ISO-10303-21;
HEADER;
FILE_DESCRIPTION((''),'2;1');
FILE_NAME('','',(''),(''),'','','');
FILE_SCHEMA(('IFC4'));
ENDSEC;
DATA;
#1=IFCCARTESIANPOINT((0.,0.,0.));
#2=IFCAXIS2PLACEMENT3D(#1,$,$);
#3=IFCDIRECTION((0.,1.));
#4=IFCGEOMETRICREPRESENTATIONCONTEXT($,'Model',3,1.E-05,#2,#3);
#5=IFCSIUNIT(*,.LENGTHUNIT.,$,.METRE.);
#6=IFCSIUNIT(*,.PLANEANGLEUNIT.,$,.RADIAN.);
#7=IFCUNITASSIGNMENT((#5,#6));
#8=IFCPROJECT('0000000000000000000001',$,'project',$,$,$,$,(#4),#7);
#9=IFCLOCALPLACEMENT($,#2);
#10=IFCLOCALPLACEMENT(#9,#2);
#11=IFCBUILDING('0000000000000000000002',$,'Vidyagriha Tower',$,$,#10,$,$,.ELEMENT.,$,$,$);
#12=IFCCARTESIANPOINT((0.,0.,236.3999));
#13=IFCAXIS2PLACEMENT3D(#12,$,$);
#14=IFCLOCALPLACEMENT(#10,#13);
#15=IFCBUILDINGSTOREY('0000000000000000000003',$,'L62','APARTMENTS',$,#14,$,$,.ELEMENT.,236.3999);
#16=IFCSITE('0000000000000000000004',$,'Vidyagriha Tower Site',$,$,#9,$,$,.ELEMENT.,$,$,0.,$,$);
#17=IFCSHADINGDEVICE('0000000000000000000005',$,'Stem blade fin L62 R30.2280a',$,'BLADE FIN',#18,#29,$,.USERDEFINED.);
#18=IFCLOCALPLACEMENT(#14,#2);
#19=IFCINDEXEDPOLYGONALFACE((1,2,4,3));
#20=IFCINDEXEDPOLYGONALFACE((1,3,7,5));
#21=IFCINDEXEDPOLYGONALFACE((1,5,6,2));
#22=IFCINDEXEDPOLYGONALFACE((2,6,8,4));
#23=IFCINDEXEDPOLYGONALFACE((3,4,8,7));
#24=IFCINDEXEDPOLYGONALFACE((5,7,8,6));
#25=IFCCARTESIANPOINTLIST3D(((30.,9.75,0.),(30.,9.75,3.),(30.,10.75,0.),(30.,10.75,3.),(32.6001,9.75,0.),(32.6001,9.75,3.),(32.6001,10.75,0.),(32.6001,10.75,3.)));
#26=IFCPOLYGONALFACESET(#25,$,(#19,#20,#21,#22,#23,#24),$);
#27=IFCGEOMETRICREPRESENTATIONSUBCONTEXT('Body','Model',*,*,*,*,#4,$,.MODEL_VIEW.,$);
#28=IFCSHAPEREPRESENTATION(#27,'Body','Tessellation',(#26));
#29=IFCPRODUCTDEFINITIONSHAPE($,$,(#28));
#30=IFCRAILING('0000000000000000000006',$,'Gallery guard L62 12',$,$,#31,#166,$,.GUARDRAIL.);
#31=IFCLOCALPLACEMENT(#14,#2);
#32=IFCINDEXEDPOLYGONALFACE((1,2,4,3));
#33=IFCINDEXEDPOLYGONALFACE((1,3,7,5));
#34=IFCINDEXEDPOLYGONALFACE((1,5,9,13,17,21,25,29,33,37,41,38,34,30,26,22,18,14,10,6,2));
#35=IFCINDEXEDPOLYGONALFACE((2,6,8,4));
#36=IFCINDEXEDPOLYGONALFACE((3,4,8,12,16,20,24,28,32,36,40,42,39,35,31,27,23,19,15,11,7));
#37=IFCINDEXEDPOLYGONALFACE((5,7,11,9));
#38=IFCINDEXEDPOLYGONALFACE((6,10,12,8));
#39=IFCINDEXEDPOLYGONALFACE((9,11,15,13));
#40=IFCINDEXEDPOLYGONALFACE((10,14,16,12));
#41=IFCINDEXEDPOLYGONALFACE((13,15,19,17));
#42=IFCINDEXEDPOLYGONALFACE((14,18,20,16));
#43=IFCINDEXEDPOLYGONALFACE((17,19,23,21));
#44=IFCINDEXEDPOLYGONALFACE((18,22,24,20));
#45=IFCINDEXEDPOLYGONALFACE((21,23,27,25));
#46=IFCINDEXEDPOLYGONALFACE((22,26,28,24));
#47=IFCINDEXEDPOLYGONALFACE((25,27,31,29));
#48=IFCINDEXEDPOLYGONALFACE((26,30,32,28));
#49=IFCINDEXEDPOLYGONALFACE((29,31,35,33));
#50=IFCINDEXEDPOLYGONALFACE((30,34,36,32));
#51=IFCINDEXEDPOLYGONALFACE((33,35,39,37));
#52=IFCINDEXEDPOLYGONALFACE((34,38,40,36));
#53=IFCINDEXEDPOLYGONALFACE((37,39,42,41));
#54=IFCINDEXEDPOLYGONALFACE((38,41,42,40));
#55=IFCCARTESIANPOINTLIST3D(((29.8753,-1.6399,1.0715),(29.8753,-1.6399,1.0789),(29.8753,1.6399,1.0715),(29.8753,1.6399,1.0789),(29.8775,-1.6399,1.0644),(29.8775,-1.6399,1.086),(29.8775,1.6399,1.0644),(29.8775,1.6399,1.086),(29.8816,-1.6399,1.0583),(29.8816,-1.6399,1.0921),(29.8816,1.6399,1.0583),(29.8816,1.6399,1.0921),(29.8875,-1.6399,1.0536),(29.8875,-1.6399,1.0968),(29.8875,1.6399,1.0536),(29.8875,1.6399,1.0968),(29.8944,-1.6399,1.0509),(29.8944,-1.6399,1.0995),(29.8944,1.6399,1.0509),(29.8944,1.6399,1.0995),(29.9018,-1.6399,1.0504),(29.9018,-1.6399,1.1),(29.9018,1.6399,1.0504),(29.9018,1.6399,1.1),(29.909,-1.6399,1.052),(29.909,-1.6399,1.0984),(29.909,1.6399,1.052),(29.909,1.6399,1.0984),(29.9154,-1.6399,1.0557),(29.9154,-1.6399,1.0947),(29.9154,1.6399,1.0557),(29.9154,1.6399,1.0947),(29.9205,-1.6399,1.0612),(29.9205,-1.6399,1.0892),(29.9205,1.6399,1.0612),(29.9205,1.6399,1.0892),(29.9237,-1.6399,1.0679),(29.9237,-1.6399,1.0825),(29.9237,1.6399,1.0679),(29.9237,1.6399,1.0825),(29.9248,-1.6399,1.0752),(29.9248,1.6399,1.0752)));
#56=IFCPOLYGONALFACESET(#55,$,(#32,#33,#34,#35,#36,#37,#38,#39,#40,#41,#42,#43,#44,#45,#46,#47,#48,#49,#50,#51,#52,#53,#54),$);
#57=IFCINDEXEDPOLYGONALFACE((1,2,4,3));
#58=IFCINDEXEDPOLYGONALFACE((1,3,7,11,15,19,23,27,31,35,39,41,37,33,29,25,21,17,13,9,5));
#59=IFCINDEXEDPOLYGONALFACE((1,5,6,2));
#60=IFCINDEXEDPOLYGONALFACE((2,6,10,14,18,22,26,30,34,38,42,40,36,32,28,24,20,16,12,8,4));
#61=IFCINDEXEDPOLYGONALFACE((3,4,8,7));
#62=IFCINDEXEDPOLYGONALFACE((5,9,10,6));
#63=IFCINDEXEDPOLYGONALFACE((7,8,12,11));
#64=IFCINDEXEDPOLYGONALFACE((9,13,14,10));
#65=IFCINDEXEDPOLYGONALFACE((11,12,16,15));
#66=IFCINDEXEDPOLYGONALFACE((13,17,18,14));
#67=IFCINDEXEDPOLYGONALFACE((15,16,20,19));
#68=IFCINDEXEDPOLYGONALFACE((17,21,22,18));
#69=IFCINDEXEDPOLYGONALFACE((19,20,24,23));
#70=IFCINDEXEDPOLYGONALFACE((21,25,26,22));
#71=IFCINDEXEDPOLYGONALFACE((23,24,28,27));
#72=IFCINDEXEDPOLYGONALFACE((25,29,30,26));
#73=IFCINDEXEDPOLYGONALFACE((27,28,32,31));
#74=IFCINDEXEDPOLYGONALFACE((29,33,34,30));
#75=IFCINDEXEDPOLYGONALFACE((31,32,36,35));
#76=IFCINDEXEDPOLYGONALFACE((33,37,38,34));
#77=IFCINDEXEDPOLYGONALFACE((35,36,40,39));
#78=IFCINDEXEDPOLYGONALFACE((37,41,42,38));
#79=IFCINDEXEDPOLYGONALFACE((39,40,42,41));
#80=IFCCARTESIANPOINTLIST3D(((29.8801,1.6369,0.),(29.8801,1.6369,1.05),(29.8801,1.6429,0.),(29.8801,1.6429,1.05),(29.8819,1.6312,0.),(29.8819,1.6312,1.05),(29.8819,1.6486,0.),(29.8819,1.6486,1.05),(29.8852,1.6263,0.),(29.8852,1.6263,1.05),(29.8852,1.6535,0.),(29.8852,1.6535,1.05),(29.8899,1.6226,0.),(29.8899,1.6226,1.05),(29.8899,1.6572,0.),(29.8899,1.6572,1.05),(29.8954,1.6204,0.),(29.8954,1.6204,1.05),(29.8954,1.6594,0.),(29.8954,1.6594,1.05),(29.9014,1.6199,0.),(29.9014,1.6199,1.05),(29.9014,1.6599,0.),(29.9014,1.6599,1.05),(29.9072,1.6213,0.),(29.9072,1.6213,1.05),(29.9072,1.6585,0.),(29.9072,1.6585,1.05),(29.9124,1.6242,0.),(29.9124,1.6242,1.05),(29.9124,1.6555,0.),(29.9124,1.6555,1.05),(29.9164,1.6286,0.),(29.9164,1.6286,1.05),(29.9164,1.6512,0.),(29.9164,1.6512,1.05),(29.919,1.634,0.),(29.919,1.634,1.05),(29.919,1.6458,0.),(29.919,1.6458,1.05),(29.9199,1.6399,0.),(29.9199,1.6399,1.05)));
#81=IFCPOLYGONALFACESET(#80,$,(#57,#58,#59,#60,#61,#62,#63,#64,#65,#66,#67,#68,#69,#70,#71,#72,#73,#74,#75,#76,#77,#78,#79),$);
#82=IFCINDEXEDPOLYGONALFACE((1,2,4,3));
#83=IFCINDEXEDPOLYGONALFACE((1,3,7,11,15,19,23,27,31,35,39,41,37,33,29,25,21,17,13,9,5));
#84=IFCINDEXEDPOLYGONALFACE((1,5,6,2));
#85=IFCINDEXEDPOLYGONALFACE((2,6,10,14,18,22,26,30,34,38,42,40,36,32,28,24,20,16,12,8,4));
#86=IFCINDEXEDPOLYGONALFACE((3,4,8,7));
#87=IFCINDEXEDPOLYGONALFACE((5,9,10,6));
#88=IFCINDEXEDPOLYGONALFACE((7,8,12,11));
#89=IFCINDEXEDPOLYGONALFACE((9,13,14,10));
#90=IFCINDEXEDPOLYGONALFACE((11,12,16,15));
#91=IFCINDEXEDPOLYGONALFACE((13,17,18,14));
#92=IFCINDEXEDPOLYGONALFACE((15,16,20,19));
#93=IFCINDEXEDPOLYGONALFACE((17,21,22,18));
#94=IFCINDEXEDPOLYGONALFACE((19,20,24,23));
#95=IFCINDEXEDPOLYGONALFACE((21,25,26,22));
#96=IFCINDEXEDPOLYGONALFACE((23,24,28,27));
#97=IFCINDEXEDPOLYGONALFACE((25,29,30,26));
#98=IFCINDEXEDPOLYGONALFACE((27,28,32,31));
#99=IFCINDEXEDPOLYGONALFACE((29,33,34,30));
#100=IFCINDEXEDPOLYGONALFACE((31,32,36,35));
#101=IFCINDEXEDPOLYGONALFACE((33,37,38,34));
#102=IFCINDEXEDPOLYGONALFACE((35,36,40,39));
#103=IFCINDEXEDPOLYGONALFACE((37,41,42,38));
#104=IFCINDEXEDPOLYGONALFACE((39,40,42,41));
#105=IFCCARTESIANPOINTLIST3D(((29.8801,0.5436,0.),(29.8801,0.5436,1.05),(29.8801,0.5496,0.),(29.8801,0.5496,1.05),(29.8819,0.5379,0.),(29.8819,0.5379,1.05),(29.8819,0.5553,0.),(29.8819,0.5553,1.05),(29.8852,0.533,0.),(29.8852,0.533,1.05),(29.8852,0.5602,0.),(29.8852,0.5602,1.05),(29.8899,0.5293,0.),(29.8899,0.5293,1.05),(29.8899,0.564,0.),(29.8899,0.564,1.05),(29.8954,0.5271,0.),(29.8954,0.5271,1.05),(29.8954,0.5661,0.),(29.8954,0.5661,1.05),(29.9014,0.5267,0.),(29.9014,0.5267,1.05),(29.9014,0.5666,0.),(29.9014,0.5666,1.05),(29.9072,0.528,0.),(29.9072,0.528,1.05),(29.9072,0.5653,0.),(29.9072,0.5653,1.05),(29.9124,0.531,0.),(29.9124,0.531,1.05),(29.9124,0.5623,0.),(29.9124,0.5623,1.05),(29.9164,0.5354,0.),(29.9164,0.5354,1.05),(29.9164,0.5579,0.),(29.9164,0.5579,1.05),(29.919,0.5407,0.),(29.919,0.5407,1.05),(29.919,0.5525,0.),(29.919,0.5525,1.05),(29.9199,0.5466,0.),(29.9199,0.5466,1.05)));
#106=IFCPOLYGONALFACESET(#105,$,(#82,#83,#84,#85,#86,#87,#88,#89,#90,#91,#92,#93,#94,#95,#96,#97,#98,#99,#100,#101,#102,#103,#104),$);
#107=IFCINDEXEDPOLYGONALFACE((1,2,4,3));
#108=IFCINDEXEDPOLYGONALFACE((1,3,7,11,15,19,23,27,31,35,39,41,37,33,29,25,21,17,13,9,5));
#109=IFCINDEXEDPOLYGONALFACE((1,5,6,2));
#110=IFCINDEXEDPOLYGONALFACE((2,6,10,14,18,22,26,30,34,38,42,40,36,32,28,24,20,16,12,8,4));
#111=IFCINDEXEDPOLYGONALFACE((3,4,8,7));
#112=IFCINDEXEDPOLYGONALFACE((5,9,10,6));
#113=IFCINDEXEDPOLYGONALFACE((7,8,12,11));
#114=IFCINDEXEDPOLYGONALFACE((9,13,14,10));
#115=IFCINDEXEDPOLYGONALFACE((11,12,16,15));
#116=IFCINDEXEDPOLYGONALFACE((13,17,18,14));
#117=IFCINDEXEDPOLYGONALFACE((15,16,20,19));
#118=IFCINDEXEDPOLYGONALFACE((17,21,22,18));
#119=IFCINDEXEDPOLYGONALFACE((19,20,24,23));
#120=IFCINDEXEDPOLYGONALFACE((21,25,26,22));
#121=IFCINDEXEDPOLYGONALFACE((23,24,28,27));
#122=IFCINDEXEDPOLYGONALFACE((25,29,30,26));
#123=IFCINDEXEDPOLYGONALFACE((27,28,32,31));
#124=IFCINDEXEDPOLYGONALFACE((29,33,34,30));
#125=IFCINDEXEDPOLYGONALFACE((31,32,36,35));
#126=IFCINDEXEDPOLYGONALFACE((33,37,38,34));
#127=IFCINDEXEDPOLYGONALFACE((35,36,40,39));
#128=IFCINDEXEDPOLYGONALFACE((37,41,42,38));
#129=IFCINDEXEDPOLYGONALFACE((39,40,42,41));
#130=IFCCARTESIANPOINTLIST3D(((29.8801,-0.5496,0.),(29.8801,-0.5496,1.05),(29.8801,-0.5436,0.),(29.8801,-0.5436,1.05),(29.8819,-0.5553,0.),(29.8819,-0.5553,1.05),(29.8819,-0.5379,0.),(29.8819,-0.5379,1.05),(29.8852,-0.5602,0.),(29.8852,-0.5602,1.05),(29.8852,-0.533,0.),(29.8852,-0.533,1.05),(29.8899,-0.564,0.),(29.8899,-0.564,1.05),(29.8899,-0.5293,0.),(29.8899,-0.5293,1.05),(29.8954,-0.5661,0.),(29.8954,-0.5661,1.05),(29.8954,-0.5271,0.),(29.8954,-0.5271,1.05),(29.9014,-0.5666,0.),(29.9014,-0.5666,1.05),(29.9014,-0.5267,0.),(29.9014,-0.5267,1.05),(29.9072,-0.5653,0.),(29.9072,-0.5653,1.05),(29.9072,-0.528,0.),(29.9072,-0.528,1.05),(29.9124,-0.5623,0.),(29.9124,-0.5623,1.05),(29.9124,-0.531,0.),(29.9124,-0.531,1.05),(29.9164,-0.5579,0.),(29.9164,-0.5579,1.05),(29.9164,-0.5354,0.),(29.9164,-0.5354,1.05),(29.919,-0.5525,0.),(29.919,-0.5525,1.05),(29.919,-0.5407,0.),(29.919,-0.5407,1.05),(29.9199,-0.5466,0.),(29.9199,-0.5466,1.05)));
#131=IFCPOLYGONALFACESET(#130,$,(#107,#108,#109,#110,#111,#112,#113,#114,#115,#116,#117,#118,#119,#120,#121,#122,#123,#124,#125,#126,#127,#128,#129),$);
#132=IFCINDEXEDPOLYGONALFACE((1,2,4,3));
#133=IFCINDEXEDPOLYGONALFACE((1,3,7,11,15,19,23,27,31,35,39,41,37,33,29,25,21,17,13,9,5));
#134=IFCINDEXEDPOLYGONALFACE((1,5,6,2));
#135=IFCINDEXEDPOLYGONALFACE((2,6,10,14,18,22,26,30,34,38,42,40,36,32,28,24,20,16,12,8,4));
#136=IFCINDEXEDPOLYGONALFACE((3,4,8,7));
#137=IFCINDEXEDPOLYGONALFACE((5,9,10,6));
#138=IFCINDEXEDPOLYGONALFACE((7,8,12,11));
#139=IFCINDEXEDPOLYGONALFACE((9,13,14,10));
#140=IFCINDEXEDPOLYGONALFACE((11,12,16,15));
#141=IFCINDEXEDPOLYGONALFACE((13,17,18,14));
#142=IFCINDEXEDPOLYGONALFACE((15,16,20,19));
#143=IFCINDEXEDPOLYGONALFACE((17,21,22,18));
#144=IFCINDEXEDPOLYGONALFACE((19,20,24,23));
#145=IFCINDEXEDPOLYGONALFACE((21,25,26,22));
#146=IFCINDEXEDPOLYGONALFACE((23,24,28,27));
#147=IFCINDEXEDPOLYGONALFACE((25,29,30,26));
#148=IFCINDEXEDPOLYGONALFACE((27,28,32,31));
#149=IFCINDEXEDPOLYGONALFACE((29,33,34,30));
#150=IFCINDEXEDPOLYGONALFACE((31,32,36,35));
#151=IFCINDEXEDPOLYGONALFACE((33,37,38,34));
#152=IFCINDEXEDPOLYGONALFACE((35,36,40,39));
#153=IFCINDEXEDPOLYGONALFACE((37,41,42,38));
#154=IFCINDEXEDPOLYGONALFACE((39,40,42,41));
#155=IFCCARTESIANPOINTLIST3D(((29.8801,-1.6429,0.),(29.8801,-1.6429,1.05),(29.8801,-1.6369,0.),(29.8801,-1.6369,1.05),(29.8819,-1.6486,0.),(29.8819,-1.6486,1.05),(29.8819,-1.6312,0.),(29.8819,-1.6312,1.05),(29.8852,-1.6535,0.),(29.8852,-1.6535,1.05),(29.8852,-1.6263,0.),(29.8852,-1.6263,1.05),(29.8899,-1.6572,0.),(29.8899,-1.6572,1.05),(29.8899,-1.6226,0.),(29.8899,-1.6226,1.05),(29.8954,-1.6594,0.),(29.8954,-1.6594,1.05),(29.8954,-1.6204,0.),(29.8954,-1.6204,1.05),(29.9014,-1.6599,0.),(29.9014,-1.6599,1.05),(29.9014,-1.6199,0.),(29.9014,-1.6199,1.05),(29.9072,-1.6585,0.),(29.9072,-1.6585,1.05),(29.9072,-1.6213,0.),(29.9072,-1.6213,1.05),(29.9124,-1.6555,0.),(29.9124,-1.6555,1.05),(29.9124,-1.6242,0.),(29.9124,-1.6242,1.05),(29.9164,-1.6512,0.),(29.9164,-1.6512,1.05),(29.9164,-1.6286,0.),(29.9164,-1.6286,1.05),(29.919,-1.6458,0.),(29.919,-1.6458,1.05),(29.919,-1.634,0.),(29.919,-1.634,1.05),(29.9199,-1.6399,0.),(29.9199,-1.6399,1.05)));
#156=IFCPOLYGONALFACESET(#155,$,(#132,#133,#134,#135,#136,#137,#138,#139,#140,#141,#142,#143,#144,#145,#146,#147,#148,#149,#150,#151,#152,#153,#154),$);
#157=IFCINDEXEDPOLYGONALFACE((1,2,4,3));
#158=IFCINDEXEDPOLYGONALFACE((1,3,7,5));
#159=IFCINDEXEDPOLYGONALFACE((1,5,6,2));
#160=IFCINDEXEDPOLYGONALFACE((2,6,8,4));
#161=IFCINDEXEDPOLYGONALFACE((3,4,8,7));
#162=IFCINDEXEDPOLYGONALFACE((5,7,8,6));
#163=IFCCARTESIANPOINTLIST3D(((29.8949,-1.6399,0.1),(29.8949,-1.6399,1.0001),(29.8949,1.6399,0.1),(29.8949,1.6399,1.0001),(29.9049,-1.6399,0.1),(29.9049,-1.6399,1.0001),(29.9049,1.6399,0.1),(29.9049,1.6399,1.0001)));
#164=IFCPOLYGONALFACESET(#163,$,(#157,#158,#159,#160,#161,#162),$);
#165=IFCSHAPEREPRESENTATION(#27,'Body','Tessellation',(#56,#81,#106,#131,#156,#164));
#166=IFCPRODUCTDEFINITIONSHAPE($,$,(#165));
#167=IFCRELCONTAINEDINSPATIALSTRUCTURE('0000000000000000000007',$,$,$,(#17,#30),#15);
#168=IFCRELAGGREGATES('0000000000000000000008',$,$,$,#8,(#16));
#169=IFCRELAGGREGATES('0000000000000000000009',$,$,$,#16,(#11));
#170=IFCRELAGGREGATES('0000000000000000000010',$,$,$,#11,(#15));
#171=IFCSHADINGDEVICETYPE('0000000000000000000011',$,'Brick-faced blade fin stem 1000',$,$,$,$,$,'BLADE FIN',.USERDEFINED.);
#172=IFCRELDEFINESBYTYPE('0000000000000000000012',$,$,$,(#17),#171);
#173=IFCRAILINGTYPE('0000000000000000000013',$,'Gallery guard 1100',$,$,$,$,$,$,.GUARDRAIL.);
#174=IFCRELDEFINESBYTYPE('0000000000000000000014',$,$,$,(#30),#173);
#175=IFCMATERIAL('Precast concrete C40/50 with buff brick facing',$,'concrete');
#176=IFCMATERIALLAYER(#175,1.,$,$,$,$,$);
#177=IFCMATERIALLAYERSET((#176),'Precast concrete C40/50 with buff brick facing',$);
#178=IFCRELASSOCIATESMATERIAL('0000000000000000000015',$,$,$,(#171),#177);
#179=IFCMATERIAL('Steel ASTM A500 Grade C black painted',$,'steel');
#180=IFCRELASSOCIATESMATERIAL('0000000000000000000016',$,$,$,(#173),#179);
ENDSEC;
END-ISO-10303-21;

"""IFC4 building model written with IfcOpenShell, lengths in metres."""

from ifc_helpers import new_model, si_unit, direction, frame, origin, origin_2d, place, context, subcontext, project, spatial, polyline, rectangle, circle, outline, extrude, material, layer, layer_set, type_object, element, save


model = new_model("IFC4")

# Units and contexts
model_context = context("Model", 3, precision=1e-05, world=origin(), true_north=direction((0.0, 1.0)))
body_context = subcontext(model_context, "Body", "Model", "MODEL_VIEW")
ifc_project = project(units=[si_unit("LENGTHUNIT", "METRE"), si_unit("PLANEANGLEUNIT", "RADIAN")], contexts=[model_context])

# Site, building, storey
site_placement = place(None, origin())
site = spatial("IfcSite", under=ifc_project, at=site_placement, Name="Vidyagriha Tower Site", CompositionType="ELEMENT", RefElevation=0.0)
building_placement = place(site_placement, origin())
building = spatial("IfcBuilding", under=site, at=building_placement, Name="Vidyagriha Tower", CompositionType="ELEMENT")
storey_placement = place(building_placement, frame((0.0, 0.0, 236.3999)))
storey = spatial("IfcBuildingStorey", under=building, at=storey_placement, Name="L62", Description="APARTMENTS", CompositionType="ELEMENT", Elevation=236.3999)

# Shading device
ifc_material_1 = material(Name="Precast concrete C40/50 with buff brick facing", Category="concrete")
ifc_layer_1 = layer(ifc_material_1, 1.0)
ifc_layer_set_1 = layer_set([ifc_layer_1], Name="Precast concrete C40/50 with buff brick facing")
shading_device_type_1 = type_object("IfcShadingDeviceType", Name="Brick-faced blade fin stem 1000", ElementType="BLADE FIN", PredefinedType="USERDEFINED", material=ifc_layer_set_1)
shading_device_1_placement = place(storey_placement, frame((31.3, 9.75, 0.0), z_axis=(0.0, 0.0, 1.0), x_axis=(0.0, 1.0, 0.0)))
element("IfcShadingDevice", 1, at=shading_device_1_placement, inside=storey, type_object=shading_device_type_1, Name="Stem blade fin L62 R30.2280a", ObjectType="BLADE FIN", PredefinedType="USERDEFINED", context=body_context, shape_type="SweptSolid", body=[
    extrude(outline(polyline([(0.0, 0.0), (1.0, 0.0), (1.0, 3.0), (0.0, 3.0), (0.0, 0.0)])), frame((0.0, 1.3, 0.0), z_axis=(0.0, -1.0, 0.0), x_axis=(1.0, 0.0, 0.0)), (0.0, 0.0, 1.0), 2.6001),
])

# Railing
ifc_material_2 = material(Name="Steel ASTM A500 Grade C black painted", Category="steel")
railing_type_1 = type_object("IfcRailingType", Name="Gallery guard 1100", PredefinedType="GUARDRAIL", material=ifc_material_2)
railing_1_placement = place(storey_placement, frame((29.8999, 1.6399, 0.0)))
element("IfcRailing", 2, at=railing_1_placement, inside=storey, type_object=railing_type_1, Name="Gallery guard L62 12", PredefinedType="GUARDRAIL", context=body_context, shape_type="SweptSolid", body=[
    extrude(circle(Radius=0.0249, at=origin_2d()), frame((0.0, 0.0, 1.0752), z_axis=(0.0, -1.0, 0.0), x_axis=(1.0, 0.0, 0.0)), (0.0, 0.0, 1.0), 3.2798),
    extrude(circle(Radius=0.02, at=origin_2d()), origin(), (0.0, 0.0, 1.0), 1.05),
    extrude(circle(Radius=0.02, at=origin_2d()), frame((0.0, -1.0933, 0.0)), (0.0, 0.0, 1.0), 1.05),
    extrude(circle(Radius=0.02, at=origin_2d()), frame((0.0, -2.1865, 0.0)), (0.0, 0.0, 1.0), 1.05),
    extrude(circle(Radius=0.02, at=origin_2d()), frame((0.0, -3.2798, 0.0)), (0.0, 0.0, 1.0), 1.05),
    extrude(rectangle(XDim=0.01, YDim=0.9001, at=origin_2d()), frame((0.0, 0.0, 0.55), z_axis=(0.0, -1.0, 0.0), x_axis=(1.0, 0.0, 0.0)), (0.0, 0.0, 1.0), 3.2798),
])

save(model, "model.ifc")
